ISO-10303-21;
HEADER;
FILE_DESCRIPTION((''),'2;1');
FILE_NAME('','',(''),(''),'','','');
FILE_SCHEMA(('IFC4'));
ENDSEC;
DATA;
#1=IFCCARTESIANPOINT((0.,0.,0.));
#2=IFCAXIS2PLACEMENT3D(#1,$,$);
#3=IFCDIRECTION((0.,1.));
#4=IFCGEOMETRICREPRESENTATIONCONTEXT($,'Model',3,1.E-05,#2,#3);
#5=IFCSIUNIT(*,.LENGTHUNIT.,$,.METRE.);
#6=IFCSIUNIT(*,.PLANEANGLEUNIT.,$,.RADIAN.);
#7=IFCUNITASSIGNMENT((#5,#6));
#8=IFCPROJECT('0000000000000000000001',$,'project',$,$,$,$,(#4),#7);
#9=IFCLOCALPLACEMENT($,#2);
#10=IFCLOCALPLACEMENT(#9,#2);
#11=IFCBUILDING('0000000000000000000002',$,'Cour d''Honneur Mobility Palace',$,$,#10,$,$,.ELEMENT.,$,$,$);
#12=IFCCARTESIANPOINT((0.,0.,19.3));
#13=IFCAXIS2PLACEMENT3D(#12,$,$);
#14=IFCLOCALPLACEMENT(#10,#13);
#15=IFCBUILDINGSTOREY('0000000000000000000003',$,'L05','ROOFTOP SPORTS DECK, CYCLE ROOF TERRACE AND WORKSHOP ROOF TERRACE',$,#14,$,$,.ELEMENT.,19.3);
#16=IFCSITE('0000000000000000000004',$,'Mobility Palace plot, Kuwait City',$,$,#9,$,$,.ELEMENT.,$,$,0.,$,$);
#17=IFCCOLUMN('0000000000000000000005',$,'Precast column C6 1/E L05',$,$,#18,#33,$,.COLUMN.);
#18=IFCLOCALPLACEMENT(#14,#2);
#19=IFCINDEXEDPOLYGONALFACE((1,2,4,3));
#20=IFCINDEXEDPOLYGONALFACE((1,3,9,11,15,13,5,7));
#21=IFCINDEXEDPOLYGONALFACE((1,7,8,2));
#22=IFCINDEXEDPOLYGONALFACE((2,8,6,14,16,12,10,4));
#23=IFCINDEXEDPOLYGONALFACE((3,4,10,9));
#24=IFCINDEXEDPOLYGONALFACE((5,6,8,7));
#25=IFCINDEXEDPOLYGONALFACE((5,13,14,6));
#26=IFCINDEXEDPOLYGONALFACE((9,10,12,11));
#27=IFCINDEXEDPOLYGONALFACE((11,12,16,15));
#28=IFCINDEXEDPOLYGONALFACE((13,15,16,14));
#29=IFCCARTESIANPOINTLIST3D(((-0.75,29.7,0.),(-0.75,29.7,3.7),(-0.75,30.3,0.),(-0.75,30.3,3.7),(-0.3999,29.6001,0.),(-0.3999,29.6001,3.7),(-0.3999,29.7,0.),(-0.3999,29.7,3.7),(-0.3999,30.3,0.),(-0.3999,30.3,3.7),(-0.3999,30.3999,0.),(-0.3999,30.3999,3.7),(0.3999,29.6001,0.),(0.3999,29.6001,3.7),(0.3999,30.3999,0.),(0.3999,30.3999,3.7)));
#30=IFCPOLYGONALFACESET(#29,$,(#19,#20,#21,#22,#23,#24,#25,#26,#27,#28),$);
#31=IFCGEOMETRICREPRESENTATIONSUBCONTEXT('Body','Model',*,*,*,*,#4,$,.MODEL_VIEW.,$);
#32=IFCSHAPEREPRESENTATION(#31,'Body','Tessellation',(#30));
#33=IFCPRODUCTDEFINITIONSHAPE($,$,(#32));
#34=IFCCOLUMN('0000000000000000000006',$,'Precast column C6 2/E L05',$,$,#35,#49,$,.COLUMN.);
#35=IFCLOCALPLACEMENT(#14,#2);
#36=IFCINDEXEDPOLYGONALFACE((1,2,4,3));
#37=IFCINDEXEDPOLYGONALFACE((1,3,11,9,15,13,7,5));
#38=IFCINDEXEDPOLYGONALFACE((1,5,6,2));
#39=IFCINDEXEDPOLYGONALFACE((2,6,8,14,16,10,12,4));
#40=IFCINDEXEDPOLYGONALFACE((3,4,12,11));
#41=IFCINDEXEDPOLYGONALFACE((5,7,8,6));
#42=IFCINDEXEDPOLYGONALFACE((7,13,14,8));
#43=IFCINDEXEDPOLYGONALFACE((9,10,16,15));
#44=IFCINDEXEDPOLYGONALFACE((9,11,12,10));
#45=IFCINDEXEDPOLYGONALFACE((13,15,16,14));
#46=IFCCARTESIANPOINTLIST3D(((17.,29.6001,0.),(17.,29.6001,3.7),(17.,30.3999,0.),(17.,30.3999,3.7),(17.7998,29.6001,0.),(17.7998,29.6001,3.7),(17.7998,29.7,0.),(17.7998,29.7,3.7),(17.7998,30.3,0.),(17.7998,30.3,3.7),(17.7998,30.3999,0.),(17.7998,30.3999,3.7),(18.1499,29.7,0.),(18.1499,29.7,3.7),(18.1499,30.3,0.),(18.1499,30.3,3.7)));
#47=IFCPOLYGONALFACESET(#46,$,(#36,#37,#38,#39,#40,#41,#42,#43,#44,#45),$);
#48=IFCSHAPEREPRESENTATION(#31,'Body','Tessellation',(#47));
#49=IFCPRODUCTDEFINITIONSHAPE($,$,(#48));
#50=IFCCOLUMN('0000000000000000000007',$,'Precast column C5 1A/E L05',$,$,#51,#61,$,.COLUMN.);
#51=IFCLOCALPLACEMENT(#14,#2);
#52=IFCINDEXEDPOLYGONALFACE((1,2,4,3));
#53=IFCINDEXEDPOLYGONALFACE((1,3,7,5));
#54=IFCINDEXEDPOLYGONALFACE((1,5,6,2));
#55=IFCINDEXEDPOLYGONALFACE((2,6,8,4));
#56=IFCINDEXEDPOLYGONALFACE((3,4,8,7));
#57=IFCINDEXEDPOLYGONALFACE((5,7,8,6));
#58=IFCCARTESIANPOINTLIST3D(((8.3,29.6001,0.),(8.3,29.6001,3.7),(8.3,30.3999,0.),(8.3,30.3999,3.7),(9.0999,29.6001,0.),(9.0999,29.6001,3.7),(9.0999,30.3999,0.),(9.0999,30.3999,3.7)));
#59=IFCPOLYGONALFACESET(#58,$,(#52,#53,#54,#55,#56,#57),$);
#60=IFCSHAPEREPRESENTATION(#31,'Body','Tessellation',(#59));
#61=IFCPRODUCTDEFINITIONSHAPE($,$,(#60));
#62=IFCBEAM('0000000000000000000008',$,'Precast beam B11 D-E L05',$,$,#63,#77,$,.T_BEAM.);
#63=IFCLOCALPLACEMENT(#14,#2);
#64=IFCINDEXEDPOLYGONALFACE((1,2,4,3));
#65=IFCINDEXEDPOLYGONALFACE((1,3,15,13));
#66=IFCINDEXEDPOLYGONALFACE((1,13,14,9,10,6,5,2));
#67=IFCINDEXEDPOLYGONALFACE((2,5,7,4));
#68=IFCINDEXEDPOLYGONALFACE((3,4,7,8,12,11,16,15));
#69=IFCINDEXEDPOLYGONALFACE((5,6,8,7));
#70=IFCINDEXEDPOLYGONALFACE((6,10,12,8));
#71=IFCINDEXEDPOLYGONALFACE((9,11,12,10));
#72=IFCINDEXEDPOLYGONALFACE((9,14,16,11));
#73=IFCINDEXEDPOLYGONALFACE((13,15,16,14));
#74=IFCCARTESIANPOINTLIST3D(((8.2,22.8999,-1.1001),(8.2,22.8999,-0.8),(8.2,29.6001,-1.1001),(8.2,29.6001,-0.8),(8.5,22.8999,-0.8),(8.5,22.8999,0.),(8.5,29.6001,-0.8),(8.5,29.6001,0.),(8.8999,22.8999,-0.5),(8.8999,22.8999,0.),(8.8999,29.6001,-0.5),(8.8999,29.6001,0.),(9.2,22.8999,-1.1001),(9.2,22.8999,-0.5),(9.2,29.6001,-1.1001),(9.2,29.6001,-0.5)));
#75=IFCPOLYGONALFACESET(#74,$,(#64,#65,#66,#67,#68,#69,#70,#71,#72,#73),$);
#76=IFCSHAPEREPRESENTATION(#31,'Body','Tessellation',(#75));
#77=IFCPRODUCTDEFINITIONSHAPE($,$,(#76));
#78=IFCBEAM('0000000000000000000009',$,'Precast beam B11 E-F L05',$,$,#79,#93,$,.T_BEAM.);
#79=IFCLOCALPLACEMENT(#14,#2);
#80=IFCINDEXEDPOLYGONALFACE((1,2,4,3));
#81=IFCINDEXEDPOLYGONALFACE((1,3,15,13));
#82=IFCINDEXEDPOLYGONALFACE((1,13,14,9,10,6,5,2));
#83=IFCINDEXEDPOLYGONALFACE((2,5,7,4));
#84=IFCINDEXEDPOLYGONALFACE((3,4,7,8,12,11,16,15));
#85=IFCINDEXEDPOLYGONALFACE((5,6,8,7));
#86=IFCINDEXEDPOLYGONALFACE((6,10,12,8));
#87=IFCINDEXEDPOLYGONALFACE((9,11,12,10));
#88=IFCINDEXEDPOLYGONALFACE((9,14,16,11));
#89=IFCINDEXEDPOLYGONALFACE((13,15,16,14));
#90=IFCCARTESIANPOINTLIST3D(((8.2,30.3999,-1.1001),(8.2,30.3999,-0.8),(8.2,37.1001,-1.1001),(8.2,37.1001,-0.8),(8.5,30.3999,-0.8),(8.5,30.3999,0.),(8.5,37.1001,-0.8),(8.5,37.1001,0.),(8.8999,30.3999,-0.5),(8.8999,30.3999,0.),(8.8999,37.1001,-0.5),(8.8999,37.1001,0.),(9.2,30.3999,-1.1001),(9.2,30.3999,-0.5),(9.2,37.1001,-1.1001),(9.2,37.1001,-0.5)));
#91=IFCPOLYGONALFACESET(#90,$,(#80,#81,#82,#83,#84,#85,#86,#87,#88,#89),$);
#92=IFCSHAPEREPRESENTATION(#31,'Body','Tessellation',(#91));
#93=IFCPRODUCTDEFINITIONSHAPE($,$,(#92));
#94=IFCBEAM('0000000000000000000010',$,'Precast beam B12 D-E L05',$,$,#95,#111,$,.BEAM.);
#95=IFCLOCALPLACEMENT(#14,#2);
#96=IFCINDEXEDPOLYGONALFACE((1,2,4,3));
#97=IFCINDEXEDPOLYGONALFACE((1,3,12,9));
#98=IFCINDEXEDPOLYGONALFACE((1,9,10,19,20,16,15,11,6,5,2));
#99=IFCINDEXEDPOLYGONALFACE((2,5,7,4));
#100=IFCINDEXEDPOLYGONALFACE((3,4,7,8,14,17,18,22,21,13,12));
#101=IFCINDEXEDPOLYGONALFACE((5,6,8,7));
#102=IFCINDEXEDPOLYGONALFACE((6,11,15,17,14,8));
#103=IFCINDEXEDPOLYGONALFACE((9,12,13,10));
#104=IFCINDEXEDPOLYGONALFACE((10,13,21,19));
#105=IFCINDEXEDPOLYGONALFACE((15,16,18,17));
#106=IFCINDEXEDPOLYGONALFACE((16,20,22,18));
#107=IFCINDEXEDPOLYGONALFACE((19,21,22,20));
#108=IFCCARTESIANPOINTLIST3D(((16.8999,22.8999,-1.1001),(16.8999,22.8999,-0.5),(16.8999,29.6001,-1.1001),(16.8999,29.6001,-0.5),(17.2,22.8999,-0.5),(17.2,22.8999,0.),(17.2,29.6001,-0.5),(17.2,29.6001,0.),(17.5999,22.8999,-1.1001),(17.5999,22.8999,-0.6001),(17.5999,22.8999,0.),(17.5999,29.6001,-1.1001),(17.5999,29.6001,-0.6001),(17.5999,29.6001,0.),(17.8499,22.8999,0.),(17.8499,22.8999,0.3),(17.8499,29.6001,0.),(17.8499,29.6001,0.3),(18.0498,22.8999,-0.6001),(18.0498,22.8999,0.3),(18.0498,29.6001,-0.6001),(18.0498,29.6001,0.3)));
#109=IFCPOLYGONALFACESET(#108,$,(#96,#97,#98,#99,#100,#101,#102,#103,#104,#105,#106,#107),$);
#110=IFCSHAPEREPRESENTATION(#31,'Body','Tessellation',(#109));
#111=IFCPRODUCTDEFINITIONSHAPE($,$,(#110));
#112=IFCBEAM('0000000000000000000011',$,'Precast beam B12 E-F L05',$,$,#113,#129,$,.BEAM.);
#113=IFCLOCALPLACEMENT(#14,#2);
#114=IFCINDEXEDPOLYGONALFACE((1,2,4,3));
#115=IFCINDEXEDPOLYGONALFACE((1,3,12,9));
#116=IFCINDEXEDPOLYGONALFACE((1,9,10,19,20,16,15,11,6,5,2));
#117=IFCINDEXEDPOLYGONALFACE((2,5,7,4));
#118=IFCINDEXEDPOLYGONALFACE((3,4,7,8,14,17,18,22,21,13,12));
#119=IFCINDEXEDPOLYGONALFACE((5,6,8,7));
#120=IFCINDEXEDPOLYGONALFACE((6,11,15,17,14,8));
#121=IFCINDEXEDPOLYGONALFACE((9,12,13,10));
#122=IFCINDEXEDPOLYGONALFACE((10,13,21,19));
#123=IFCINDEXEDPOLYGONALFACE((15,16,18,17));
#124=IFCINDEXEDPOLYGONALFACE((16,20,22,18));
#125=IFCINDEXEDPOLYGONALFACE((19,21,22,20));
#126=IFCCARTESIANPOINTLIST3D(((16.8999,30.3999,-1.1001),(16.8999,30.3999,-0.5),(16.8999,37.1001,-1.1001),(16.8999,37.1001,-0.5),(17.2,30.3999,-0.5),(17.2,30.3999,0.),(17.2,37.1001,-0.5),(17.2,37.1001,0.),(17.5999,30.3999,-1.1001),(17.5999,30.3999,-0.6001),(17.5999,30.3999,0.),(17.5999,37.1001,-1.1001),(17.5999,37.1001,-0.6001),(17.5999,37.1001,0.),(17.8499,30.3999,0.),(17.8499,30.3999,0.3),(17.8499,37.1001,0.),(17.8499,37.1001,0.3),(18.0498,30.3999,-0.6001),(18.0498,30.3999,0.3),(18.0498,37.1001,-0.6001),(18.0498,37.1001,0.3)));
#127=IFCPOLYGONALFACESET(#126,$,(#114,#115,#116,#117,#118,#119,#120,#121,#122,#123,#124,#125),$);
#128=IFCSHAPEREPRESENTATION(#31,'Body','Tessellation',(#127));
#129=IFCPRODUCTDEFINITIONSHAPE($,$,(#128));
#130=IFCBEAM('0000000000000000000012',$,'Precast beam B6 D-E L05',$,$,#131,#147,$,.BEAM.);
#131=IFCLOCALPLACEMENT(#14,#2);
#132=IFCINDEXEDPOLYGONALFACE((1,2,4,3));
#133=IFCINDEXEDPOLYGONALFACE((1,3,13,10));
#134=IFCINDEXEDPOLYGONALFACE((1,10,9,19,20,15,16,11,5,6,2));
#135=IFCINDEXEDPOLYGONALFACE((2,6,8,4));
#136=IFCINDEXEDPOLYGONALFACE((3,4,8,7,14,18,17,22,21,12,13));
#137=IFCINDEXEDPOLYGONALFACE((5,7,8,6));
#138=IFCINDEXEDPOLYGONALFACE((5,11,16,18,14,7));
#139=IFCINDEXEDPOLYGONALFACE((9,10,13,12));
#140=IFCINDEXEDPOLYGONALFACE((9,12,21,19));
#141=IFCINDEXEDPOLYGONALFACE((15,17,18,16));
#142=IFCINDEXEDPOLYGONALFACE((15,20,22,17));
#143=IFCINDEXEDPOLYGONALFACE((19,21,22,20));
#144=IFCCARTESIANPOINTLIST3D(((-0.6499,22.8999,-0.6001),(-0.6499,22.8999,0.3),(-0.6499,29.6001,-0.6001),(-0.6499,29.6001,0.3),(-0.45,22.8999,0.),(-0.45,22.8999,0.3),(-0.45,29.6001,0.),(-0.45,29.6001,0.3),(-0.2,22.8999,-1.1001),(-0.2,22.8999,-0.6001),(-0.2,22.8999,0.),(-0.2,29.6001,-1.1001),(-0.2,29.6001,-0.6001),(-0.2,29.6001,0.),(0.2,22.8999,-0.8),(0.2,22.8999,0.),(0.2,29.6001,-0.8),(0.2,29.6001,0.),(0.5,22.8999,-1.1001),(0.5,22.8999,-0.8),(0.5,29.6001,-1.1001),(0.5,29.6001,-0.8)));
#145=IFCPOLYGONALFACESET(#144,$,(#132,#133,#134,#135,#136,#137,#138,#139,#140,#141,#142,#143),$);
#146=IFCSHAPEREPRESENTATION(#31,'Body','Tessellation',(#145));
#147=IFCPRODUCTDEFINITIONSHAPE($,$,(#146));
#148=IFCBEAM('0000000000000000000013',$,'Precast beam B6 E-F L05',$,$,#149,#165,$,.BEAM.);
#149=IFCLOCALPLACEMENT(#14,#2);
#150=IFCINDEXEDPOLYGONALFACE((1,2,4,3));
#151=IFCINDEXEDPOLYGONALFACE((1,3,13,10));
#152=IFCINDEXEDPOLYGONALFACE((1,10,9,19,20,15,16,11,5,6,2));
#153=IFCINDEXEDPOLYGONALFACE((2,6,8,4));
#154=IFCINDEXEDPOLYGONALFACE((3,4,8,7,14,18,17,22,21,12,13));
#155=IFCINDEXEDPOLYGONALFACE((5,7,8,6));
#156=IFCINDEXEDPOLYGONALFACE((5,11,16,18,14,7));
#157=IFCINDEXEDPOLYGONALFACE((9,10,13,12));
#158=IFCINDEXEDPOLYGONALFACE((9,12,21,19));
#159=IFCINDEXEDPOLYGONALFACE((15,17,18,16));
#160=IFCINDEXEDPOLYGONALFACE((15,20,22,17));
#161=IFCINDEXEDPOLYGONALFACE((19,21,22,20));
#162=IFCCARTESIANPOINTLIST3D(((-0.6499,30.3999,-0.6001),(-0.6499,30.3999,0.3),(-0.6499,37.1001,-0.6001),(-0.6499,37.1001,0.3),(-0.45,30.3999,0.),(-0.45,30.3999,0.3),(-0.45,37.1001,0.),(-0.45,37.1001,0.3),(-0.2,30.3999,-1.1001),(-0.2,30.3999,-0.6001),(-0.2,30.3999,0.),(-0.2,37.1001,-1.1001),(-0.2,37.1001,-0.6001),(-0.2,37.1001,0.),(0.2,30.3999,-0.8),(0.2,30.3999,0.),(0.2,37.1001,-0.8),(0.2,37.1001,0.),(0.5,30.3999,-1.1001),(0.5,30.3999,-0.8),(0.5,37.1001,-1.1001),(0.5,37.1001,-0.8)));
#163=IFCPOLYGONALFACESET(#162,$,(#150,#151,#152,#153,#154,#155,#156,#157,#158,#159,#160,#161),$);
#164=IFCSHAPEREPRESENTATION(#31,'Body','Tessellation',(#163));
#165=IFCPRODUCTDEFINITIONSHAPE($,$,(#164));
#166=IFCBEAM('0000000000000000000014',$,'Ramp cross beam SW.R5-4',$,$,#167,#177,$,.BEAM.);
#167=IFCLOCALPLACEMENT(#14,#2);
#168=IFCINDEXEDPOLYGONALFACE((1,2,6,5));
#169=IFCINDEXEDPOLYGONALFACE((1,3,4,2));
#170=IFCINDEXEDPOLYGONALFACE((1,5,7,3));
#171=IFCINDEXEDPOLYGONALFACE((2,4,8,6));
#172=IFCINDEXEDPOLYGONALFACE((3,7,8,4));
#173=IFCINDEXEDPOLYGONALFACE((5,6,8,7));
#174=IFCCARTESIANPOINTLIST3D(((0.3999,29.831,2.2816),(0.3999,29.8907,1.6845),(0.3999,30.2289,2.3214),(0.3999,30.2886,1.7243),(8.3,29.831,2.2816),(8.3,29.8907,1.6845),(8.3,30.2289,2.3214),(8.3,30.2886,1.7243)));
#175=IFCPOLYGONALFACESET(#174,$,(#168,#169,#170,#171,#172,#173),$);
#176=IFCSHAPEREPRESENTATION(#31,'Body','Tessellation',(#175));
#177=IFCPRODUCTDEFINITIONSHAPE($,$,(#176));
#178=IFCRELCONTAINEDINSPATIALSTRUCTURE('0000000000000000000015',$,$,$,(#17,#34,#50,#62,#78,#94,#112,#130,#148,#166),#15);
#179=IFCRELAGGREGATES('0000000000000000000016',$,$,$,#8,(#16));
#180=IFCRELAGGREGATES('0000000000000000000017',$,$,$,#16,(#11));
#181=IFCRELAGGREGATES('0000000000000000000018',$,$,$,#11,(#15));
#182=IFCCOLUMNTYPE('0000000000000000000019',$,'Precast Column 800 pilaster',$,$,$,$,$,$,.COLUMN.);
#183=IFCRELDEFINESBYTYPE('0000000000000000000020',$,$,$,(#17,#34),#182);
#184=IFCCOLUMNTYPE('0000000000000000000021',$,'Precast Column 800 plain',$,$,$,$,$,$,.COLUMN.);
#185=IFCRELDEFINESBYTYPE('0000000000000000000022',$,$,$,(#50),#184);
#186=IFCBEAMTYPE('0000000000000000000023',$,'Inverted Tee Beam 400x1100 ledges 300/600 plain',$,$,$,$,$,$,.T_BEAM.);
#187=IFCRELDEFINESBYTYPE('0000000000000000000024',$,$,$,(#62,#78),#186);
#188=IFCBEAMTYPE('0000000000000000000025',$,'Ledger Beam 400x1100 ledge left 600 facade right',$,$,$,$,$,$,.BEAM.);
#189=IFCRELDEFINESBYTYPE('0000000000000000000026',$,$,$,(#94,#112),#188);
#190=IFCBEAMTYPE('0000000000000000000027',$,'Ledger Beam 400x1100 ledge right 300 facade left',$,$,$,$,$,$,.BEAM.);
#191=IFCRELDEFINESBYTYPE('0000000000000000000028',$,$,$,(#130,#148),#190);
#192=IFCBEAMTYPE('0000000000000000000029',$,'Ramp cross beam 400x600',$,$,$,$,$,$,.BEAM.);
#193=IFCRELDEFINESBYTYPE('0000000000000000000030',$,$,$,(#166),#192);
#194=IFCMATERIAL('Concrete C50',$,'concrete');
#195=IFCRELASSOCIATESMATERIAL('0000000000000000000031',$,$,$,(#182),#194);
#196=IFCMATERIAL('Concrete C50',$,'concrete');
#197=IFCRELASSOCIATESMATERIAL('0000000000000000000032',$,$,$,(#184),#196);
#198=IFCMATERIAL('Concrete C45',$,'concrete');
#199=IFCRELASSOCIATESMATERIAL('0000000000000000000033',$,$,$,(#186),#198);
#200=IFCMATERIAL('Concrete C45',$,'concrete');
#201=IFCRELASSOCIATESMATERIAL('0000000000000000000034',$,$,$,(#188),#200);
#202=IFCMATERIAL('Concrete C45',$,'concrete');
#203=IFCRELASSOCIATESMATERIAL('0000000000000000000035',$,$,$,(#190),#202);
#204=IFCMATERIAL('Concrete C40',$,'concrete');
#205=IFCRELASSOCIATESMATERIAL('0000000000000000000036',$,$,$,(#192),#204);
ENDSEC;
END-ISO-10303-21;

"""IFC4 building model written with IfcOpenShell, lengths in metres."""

from ifc_helpers import new_model, si_unit, direction, frame, origin, origin_2d, place, context, subcontext, project, spatial, polyline, rectangle, outline, extrude, material, material_profile, profile_set, type_object, element, save


model = new_model("IFC4")

# Units and contexts
model_context = context("Model", 3, precision=1e-05, world=origin(), true_north=direction((0.0, 1.0)))
body_context = subcontext(model_context, "Body", "Model", "MODEL_VIEW")
ifc_project = project(units=[si_unit("LENGTHUNIT", "METRE"), si_unit("PLANEANGLEUNIT", "RADIAN")], contexts=[model_context])

# Site, building, storey
site_placement = place(None, origin())
site = spatial("IfcSite", under=ifc_project, at=site_placement, Name="Mobility Palace plot, Kuwait City", CompositionType="ELEMENT", RefElevation=0.0)
building_placement = place(site_placement, origin())
building = spatial("IfcBuilding", under=site, at=building_placement, Name="Cour d'Honneur Mobility Palace", CompositionType="ELEMENT")
storey_placement = place(building_placement, frame((0.0, 0.0, 19.3)))
storey = spatial("IfcBuildingStorey", under=building, at=storey_placement, Name="L05", Description="ROOFTOP SPORTS DECK, CYCLE ROOF TERRACE AND WORKSHOP ROOF TERRACE", CompositionType="ELEMENT", Elevation=19.3)

# Columns
ifc_material_1 = material(Name="Concrete C50", Category="concrete")
ifc_material_profile_1 = material_profile(ifc_material_1, outline(polyline([(-0.3999, -0.3999), (0.3999, -0.3999), (0.3999, -0.3), (0.75, -0.3), (0.75, 0.3), (0.3999, 0.3), (0.3999, 0.3999), (-0.3999, 0.3999), (-0.3999, -0.3999)])), Name="PC C800 pilaster")
ifc_profile_set_1 = profile_set([ifc_material_profile_1], Name="Concrete C50")
column_type_1 = type_object("IfcColumnType", Name="Precast Column 800 pilaster", PredefinedType="COLUMN", material=ifc_profile_set_1)
for number, where, z_axis, x_axis, name in (
    (1, (0.0, 30.0, 0.0), (0.0, 0.0, 1.0), (-1.0, 0.0, 0.0), "Precast column C6 1/E L05"),
    (2, (17.3999, 30.0, 0.0), (0.0, 0.0, 1.0), (1.0, 0.0, 0.0), "Precast column C6 2/E L05"),
):
    element("IfcColumn", number, at=place(storey_placement, frame(where, z_axis=z_axis, x_axis=x_axis)), inside=storey, type_object=column_type_1, Name=name, PredefinedType="COLUMN", context=body_context, shape_type="SweptSolid", body=[
        extrude(outline(polyline([(-0.3999, -0.3999), (0.3999, -0.3999), (0.3999, -0.3), (0.75, -0.3), (0.75, 0.3), (0.3999, 0.3), (0.3999, 0.3999), (-0.3999, 0.3999), (-0.3999, -0.3999)])), origin(), (0.0, 0.0, 1.0), 3.7),
    ])
ifc_material_2 = material(Name="Concrete C50", Category="concrete")
ifc_material_profile_2 = material_profile(ifc_material_2, outline(polyline([(-0.3999, -0.3999), (0.3999, -0.3999), (0.3999, 0.3999), (-0.3999, 0.3999), (-0.3999, -0.3999)])), Name="PC C800 plain")
ifc_profile_set_2 = profile_set([ifc_material_profile_2], Name="Concrete C50")
column_type_2 = type_object("IfcColumnType", Name="Precast Column 800 plain", PredefinedType="COLUMN", material=ifc_profile_set_2)
column_placement = place(storey_placement, frame((8.7, 30.0, 0.0), z_axis=(0.0, 0.0, 1.0), x_axis=(1.0, 0.0, 0.0)))
element("IfcColumn", 3, at=column_placement, inside=storey, type_object=column_type_2, Name="Precast column C5 1A/E L05", PredefinedType="COLUMN", context=body_context, shape_type="SweptSolid", body=[
    extrude(outline(polyline([(-0.3999, -0.3999), (0.3999, -0.3999), (0.3999, 0.3999), (-0.3999, 0.3999), (-0.3999, -0.3999)])), origin(), (0.0, 0.0, 1.0), 3.7),
])

# Beams
ifc_material_3 = material(Name="Concrete C45", Category="concrete")
ifc_material_profile_3 = material_profile(ifc_material_3, outline(polyline([(0.5, -1.1001), (0.5, -0.8), (0.2, -0.8), (0.2, 0.0), (-0.2, 0.0), (-0.2, -0.5), (-0.5, -0.5), (-0.5, -1.1001), (0.5, -1.1001)])), Name="Inverted Tee Beam 400x1100 ledges 300/600 plain")
ifc_profile_set_3 = profile_set([ifc_material_profile_3], Name="Concrete C45")
beam_type_1 = type_object("IfcBeamType", Name="Inverted Tee Beam 400x1100 ledges 300/600 plain", PredefinedType="T_BEAM", material=ifc_profile_set_3)
for number, where, z_axis, x_axis, name in (
    (4, (8.7, 22.8999, 0.0), (0.0, 1.0, 0.0), (-1.0, 0.0, 0.0), "Precast beam B11 D-E L05"),
    (5, (8.7, 30.3999, 0.0), (0.0, 1.0, 0.0), (-1.0, 0.0, 0.0), "Precast beam B11 E-F L05"),
):
    element("IfcBeam", number, at=place(storey_placement, frame(where, z_axis=z_axis, x_axis=x_axis)), inside=storey, type_object=beam_type_1, Name=name, PredefinedType="T_BEAM", context=body_context, shape_type="SweptSolid", body=[
        extrude(outline(polyline([(0.5, -1.1001), (0.5, -0.8), (0.2, -0.8), (0.2, 0.0), (-0.2, 0.0), (-0.2, -0.5), (-0.5, -0.5), (-0.5, -1.1001), (0.5, -1.1001)])), origin(), (0.0, 0.0, 1.0), 6.7002),
    ])
ifc_material_4 = material(Name="Concrete C45", Category="concrete")
ifc_material_profile_4 = material_profile(ifc_material_4, outline(polyline([(0.5, -1.1001), (0.5, -0.5), (0.2, -0.5), (0.2, 0.0), (-0.2, 0.0), (-0.45, 0.0), (-0.45, 0.3), (-0.6499, 0.3), (-0.6499, -0.6001), (-0.2, -0.6001), (-0.2, -1.1001), (0.5, -1.1001)])), Name="Ledger Beam 400x1100 ledge left 600 facade right")
ifc_profile_set_4 = profile_set([ifc_material_profile_4], Name="Concrete C45")
beam_type_2 = type_object("IfcBeamType", Name="Ledger Beam 400x1100 ledge left 600 facade right", PredefinedType="BEAM", material=ifc_profile_set_4)
for number, where, z_axis, x_axis, name in (
    (6, (17.3999, 22.8999, 0.0), (0.0, 1.0, 0.0), (-1.0, 0.0, 0.0), "Precast beam B12 D-E L05"),
    (7, (17.3999, 30.3999, 0.0), (0.0, 1.0, 0.0), (-1.0, 0.0, 0.0), "Precast beam B12 E-F L05"),
):
    element("IfcBeam", number, at=place(storey_placement, frame(where, z_axis=z_axis, x_axis=x_axis)), inside=storey, type_object=beam_type_2, Name=name, PredefinedType="BEAM", context=body_context, shape_type="SweptSolid", body=[
        extrude(outline(polyline([(0.5, -1.1001), (0.5, -0.5), (0.2, -0.5), (0.2, 0.0), (-0.2, 0.0), (-0.45, 0.0), (-0.45, 0.3), (-0.6499, 0.3), (-0.6499, -0.6001), (-0.2, -0.6001), (-0.2, -1.1001), (0.5, -1.1001)])), origin(), (0.0, 0.0, 1.0), 6.7002),
    ])
ifc_material_5 = material(Name="Concrete C45", Category="concrete")
ifc_material_profile_5 = material_profile(ifc_material_5, outline(polyline([(0.2, -1.1001), (0.2, -0.6001), (0.6499, -0.6001), (0.6499, 0.3), (0.45, 0.3), (0.45, 0.0), (0.2, 0.0), (-0.2, 0.0), (-0.2, -0.8), (-0.5, -0.8), (-0.5, -1.1001), (0.2, -1.1001)])), Name="Ledger Beam 400x1100 ledge right 300 facade left")
ifc_profile_set_5 = profile_set([ifc_material_profile_5], Name="Concrete C45")
beam_type_3 = type_object("IfcBeamType", Name="Ledger Beam 400x1100 ledge right 300 facade left", PredefinedType="BEAM", material=ifc_profile_set_5)
for number, where, z_axis, x_axis, name in (
    (8, (0.0, 22.8999, 0.0), (0.0, 1.0, 0.0), (-1.0, 0.0, 0.0), "Precast beam B6 D-E L05"),
    (9, (0.0, 30.3999, 0.0), (0.0, 1.0, 0.0), (-1.0, 0.0, 0.0), "Precast beam B6 E-F L05"),
):
    element("IfcBeam", number, at=place(storey_placement, frame(where, z_axis=z_axis, x_axis=x_axis)), inside=storey, type_object=beam_type_3, Name=name, PredefinedType="BEAM", context=body_context, shape_type="SweptSolid", body=[
        extrude(outline(polyline([(0.2, -1.1001), (0.2, -0.6001), (0.6499, -0.6001), (0.6499, 0.3), (0.45, 0.3), (0.45, 0.0), (0.2, 0.0), (-0.2, 0.0), (-0.2, -0.8), (-0.5, -0.8), (-0.5, -1.1001), (0.2, -1.1001)])), origin(), (0.0, 0.0, 1.0), 6.7002),
    ])
ifc_material_6 = material(Name="Concrete C40", Category="concrete")
ifc_material_profile_6 = material_profile(ifc_material_6, rectangle(XDim=0.3999, YDim=0.6001, at=origin_2d()), Name="Ramp cross beam 400x600")
ifc_profile_set_6 = profile_set([ifc_material_profile_6], Name="Concrete C40")
beam_type_4 = type_object("IfcBeamType", Name="Ramp cross beam 400x600", PredefinedType="BEAM", material=ifc_profile_set_6)
beam_placement = place(storey_placement, frame((0.3999, 30.0598, 2.0029), z_axis=(1.0, 0.0, 0.0), x_axis=(0.0, 0.995037, 0.099504)))
element("IfcBeam", 10, at=beam_placement, inside=storey, type_object=beam_type_4, Name="Ramp cross beam SW.R5-4", PredefinedType="BEAM", context=body_context, shape_type="SweptSolid", body=[
    extrude(rectangle(XDim=0.3999, YDim=0.6001, at=origin_2d()), origin(), (0.0, 0.0, 1.0), 7.9001),
])

save(model, "model.ifc")
